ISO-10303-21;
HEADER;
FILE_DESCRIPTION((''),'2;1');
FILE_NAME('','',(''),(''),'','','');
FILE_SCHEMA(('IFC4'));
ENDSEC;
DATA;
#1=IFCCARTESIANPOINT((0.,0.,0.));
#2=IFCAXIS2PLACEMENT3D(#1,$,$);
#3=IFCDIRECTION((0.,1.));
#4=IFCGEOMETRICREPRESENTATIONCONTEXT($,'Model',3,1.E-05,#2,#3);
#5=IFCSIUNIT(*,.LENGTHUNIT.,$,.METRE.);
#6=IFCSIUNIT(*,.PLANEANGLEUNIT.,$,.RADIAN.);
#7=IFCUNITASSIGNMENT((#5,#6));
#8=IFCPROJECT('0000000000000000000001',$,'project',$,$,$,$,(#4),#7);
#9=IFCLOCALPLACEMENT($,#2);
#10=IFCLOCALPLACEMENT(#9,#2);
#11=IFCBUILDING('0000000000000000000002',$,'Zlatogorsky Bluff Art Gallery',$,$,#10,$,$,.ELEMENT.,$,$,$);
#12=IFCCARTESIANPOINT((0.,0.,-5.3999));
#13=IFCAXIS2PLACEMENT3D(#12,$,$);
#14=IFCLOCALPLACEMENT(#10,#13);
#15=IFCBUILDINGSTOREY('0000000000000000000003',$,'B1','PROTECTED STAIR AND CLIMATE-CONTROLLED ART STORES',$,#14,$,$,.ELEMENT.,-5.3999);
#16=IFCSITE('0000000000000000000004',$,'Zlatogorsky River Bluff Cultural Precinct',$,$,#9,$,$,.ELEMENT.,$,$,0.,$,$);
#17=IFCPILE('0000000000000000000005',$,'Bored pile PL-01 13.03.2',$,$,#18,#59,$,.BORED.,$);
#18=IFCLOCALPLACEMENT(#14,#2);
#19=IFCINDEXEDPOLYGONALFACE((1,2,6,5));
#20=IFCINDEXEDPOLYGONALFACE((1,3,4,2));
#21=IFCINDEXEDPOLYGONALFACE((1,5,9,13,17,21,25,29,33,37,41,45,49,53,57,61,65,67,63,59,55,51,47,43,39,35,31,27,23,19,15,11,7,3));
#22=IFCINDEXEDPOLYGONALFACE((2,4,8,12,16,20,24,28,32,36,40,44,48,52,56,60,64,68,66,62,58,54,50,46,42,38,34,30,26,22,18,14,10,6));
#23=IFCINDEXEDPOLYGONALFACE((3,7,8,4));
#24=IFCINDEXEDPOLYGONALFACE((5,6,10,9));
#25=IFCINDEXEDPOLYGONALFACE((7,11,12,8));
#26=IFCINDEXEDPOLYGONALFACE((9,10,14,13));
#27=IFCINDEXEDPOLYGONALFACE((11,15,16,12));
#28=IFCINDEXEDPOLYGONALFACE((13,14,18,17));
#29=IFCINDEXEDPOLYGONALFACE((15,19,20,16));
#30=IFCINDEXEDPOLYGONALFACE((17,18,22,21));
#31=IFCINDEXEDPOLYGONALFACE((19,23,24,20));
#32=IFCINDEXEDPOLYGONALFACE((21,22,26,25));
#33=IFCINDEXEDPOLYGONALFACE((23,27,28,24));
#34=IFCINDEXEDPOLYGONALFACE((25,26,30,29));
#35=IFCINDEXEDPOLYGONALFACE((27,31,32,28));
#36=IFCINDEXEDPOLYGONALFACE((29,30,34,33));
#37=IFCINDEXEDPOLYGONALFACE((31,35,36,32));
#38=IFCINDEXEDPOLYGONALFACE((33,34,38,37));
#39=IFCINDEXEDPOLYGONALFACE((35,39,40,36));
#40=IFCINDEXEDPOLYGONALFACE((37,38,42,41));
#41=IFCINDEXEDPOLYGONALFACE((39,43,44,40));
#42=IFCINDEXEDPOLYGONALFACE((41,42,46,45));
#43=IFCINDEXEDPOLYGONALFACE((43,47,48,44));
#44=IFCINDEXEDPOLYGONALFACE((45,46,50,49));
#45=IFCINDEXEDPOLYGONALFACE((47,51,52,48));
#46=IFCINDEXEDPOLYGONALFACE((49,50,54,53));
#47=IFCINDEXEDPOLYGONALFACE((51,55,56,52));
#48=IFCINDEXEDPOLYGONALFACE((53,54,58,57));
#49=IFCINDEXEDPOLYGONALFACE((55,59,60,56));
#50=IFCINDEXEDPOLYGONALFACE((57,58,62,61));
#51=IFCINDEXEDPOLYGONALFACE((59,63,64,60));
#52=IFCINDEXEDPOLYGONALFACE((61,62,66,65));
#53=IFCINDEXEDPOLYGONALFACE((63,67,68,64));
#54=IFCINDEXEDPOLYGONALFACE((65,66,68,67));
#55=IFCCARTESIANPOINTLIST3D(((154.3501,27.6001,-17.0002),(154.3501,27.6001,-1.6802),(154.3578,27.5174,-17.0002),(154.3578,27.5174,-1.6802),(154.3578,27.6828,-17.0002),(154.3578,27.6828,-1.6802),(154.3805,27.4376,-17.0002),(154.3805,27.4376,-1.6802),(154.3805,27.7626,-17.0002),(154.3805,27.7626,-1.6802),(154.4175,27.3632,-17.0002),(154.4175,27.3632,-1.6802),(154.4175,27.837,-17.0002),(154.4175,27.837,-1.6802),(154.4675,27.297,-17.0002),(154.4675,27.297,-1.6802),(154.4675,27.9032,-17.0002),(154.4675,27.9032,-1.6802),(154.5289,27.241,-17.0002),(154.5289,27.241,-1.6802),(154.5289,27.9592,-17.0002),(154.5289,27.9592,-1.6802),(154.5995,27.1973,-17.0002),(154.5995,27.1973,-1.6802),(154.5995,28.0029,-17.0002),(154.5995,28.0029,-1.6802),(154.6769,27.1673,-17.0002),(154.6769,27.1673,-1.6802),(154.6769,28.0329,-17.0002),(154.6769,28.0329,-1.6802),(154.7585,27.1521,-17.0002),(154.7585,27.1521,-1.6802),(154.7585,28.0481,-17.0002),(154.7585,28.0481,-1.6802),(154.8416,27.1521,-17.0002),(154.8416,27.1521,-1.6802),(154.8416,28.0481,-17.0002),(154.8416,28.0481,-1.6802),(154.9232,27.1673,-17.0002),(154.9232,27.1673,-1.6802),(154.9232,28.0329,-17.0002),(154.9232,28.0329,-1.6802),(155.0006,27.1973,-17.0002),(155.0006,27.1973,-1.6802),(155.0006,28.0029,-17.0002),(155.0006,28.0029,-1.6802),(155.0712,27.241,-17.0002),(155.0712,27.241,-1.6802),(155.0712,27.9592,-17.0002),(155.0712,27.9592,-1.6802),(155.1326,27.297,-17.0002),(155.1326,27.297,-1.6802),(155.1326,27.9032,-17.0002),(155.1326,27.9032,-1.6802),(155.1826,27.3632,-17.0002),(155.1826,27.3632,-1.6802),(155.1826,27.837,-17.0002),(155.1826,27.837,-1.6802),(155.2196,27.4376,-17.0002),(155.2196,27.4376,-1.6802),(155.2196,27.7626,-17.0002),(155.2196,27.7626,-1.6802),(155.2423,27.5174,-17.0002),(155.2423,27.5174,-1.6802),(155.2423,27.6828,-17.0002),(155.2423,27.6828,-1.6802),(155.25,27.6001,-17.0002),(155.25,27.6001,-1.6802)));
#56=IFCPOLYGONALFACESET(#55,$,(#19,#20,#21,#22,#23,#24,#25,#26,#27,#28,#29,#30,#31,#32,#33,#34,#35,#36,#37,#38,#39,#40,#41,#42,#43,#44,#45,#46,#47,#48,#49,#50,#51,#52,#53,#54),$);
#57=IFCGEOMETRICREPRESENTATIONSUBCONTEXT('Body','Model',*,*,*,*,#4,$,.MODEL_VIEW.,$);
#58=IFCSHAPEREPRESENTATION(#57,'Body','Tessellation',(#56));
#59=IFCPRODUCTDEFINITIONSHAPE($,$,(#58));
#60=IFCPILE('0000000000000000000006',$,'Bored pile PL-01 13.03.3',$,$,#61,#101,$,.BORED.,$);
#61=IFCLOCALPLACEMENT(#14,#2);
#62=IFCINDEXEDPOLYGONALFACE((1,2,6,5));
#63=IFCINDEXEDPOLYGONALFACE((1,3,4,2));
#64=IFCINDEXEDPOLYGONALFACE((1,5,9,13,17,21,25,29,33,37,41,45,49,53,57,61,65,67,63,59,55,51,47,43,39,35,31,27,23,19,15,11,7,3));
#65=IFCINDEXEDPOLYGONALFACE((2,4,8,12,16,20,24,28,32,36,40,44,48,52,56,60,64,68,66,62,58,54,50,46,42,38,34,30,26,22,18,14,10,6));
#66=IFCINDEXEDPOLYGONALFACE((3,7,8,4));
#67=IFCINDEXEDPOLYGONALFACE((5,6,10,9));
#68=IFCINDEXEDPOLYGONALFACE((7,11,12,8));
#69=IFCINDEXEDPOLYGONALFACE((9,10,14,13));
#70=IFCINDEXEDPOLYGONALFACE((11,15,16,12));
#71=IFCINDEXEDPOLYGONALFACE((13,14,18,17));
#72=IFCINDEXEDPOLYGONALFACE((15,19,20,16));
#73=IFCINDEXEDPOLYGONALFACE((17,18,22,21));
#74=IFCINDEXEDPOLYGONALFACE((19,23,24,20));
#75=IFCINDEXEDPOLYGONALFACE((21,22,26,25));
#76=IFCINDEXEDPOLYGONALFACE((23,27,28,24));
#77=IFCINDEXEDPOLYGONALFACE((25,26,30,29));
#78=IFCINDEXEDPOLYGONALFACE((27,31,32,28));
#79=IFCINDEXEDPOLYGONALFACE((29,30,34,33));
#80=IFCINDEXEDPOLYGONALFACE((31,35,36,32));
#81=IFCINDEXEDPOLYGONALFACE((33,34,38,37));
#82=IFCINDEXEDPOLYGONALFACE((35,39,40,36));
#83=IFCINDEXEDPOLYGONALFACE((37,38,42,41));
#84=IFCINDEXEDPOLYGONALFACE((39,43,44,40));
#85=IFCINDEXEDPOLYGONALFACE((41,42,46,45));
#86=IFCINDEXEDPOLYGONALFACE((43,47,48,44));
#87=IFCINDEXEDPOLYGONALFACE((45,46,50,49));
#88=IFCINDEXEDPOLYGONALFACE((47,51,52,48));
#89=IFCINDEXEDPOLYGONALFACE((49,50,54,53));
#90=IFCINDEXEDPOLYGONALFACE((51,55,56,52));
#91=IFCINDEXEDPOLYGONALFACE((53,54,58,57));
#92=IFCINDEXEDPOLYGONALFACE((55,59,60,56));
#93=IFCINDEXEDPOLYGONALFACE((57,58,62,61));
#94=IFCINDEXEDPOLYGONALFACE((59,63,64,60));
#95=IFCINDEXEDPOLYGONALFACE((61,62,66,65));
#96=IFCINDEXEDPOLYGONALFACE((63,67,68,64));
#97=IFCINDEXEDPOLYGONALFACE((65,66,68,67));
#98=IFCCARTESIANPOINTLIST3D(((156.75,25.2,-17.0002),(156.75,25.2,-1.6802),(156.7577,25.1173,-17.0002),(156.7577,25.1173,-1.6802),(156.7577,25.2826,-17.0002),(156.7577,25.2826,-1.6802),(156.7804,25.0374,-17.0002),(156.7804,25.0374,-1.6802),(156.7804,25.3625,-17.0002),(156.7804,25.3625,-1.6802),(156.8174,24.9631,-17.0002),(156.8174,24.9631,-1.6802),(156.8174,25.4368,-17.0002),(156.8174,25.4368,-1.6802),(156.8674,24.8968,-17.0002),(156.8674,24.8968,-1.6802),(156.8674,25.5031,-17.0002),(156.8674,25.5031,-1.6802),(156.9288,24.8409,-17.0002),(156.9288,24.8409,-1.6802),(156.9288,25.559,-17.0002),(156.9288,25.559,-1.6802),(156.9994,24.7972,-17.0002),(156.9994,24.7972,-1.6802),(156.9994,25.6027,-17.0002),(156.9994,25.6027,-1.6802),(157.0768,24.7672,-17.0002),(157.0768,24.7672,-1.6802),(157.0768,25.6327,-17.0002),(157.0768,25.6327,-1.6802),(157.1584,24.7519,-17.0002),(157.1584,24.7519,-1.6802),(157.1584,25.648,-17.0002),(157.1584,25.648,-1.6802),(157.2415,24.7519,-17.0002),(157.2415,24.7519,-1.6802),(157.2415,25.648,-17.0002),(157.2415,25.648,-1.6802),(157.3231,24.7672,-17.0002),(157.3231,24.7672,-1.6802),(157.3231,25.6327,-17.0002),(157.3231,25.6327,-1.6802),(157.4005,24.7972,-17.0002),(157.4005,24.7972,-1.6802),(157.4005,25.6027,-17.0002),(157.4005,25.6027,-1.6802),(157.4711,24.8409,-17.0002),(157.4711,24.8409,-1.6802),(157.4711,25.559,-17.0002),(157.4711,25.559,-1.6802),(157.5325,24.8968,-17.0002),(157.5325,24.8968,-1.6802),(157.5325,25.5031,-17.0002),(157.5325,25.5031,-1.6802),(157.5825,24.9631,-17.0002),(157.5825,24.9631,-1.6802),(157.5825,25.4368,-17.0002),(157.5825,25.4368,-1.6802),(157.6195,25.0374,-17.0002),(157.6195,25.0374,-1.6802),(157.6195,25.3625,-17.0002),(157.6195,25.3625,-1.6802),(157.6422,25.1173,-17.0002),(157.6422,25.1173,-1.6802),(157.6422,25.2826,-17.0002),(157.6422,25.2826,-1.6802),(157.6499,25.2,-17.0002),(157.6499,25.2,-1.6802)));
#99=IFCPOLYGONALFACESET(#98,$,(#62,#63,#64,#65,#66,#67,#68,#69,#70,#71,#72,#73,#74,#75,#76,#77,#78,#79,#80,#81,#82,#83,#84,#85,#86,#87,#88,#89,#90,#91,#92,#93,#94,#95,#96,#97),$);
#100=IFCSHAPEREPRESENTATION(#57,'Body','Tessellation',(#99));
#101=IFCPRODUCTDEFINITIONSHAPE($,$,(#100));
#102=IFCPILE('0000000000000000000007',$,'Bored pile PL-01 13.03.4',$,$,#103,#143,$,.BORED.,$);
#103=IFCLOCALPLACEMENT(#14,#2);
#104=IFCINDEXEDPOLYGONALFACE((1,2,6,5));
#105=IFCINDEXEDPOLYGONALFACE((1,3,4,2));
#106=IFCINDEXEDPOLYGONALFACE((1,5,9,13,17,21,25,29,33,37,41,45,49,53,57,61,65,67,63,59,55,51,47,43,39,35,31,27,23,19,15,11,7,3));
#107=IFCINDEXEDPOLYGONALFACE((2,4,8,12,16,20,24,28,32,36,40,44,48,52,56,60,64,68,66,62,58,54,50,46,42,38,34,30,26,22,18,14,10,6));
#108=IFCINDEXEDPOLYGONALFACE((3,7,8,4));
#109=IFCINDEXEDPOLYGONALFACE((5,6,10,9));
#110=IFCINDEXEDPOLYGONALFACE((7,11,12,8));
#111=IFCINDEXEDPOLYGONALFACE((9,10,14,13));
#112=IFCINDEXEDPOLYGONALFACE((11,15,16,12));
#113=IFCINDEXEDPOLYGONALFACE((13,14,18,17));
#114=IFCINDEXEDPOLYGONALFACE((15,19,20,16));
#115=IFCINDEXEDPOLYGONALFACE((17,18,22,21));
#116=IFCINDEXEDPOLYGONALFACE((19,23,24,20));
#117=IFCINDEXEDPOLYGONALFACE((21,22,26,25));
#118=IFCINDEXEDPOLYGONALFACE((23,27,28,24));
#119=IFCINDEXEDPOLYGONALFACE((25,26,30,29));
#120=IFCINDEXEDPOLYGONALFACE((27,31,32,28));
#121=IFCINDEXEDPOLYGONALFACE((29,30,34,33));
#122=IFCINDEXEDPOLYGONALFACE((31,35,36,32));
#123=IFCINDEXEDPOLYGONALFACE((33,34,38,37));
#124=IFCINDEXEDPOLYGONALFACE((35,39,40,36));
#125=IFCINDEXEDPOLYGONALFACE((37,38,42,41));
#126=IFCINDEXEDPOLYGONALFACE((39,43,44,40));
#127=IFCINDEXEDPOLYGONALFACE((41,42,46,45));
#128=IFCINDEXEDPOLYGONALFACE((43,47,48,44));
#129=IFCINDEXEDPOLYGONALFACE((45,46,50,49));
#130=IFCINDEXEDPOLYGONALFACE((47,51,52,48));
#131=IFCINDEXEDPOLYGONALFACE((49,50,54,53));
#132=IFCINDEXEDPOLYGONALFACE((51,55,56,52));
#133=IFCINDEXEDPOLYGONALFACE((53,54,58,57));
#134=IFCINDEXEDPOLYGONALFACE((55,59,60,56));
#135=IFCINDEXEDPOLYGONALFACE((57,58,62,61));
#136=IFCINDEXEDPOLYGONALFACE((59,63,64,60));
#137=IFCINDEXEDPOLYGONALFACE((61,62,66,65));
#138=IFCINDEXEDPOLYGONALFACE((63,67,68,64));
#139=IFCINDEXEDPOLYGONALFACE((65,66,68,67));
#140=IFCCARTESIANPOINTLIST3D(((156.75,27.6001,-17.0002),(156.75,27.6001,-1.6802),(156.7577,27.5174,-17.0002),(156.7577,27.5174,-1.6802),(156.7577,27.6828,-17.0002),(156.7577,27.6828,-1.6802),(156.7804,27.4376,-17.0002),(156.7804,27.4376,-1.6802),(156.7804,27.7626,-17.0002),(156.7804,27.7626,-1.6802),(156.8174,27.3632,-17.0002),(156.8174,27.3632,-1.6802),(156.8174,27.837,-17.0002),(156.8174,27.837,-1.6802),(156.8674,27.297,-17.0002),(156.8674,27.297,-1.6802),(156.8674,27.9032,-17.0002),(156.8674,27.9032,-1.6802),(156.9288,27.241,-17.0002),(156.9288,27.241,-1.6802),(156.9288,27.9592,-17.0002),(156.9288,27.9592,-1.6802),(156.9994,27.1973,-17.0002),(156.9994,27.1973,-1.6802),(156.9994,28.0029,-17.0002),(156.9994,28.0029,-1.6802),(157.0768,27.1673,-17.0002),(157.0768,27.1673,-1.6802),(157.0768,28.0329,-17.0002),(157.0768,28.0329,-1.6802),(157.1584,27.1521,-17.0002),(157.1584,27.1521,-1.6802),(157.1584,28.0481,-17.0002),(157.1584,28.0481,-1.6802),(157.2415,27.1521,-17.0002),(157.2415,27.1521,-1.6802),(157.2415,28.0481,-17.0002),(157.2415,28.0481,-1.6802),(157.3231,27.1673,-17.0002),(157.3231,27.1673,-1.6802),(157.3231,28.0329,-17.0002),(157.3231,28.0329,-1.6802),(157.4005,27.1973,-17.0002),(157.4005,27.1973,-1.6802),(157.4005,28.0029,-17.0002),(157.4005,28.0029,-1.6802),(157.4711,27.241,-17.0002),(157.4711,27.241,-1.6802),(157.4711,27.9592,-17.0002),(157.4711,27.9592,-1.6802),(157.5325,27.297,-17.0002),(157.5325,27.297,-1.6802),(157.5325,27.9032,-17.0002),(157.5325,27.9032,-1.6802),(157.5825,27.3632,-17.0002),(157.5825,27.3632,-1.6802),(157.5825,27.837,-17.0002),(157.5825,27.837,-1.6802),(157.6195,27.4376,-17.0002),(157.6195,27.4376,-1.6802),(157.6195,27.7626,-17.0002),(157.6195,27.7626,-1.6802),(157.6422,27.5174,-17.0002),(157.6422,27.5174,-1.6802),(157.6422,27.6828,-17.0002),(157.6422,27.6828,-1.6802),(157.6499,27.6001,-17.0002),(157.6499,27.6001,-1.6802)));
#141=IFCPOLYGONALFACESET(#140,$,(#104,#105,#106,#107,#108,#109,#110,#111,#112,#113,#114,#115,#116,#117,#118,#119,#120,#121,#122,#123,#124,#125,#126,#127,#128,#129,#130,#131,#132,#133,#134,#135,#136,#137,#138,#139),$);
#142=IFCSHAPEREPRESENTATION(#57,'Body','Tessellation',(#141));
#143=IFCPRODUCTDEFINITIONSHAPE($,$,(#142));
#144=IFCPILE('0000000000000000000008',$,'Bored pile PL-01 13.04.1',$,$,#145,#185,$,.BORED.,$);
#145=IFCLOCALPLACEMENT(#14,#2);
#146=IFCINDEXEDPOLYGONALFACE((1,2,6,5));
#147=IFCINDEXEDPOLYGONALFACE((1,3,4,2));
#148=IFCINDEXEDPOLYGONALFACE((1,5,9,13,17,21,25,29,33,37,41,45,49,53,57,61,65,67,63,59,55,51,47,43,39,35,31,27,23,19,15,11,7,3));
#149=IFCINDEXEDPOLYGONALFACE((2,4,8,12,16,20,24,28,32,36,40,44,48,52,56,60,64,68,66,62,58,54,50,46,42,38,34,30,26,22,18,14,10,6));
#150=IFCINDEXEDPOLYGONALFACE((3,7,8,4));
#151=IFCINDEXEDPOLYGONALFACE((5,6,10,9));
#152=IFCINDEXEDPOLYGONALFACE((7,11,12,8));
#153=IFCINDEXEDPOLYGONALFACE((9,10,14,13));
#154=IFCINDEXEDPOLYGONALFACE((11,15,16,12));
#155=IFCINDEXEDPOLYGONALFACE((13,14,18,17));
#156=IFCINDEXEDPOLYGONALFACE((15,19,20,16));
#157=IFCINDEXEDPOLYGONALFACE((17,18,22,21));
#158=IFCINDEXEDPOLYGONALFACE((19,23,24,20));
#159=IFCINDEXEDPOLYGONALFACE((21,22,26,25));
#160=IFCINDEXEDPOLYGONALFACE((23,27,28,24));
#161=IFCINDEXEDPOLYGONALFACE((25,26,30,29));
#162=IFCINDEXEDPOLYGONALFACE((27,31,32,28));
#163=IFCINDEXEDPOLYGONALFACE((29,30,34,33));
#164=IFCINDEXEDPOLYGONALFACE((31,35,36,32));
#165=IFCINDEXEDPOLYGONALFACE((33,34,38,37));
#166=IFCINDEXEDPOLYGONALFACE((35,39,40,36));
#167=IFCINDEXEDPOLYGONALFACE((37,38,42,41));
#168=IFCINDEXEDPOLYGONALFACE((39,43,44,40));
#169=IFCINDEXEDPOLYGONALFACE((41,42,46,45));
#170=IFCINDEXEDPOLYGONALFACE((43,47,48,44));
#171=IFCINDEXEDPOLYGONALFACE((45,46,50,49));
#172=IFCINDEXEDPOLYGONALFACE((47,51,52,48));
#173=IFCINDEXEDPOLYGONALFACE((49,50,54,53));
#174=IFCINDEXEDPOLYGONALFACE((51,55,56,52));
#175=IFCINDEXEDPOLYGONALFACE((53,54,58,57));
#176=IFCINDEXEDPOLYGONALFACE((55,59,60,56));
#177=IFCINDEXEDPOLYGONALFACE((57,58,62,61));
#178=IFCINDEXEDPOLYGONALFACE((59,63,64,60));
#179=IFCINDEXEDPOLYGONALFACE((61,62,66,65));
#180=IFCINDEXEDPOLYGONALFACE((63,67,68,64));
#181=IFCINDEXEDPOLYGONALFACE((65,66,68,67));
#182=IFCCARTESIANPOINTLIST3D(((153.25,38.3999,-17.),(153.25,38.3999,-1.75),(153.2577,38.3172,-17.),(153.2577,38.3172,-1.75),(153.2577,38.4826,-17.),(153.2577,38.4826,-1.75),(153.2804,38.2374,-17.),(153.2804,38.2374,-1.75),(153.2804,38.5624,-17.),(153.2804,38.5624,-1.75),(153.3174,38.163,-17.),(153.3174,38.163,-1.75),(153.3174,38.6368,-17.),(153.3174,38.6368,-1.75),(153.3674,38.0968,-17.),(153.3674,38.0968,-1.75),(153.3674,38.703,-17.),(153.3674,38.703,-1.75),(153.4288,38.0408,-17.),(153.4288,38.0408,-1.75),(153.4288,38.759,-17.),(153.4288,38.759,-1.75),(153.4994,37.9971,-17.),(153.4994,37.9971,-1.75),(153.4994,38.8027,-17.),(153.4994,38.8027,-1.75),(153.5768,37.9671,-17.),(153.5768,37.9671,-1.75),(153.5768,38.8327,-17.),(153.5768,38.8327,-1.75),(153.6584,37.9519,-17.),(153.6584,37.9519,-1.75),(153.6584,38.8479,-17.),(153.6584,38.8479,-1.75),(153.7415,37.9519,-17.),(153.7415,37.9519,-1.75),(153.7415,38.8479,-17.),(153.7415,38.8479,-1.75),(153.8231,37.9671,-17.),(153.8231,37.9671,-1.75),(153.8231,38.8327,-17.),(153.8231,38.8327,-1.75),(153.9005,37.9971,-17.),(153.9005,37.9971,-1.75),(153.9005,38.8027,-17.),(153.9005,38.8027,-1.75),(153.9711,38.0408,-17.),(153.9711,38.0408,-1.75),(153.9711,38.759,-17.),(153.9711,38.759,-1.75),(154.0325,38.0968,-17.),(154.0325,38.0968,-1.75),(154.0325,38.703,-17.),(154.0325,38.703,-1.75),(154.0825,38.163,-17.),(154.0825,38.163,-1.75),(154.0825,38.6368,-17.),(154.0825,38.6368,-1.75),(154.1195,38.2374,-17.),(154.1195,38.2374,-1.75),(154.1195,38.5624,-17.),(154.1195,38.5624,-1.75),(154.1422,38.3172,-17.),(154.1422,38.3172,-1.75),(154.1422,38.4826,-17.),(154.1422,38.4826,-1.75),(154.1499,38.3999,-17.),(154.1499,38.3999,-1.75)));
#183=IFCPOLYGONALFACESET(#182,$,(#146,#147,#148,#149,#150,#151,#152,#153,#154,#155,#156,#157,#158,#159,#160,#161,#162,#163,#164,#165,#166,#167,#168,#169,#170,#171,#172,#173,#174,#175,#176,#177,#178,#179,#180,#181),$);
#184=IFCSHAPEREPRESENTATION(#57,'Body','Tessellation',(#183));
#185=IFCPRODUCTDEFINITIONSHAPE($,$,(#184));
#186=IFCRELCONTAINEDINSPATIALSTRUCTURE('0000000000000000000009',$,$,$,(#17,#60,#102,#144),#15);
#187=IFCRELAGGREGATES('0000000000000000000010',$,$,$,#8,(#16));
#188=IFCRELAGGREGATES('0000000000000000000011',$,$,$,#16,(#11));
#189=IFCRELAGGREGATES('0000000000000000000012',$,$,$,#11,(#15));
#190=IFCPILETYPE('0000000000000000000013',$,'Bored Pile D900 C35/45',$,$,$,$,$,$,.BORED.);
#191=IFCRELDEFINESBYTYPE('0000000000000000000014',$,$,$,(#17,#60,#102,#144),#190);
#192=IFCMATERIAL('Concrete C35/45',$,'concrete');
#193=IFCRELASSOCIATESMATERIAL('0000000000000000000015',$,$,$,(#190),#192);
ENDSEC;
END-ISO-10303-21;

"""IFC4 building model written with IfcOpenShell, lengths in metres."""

from ifc_helpers import new_model, si_unit, direction, frame, origin, origin_2d, place, context, subcontext, project, spatial, circle, extrude, material, material_profile, profile_set, type_object, element, save


model = new_model("IFC4")

# Units and contexts
model_context = context("Model", 3, precision=1e-05, world=origin(), true_north=direction((0.0, 1.0)))
body_context = subcontext(model_context, "Body", "Model", "MODEL_VIEW")
ifc_project = project(units=[si_unit("LENGTHUNIT", "METRE"), si_unit("PLANEANGLEUNIT", "RADIAN")], contexts=[model_context])

# Site, building, storey
site_placement = place(None, origin())
site = spatial("IfcSite", under=ifc_project, at=site_placement, Name="Zlatogorsky River Bluff Cultural Precinct", CompositionType="ELEMENT", RefElevation=0.0)
building_placement = place(site_placement, origin())
building = spatial("IfcBuilding", under=site, at=building_placement, Name="Zlatogorsky Bluff Art Gallery", CompositionType="ELEMENT")
storey_placement = place(building_placement, frame((0.0, 0.0, -5.3999)))
storey = spatial("IfcBuildingStorey", under=building, at=storey_placement, Name="B1", Description="PROTECTED STAIR AND CLIMATE-CONTROLLED ART STORES", CompositionType="ELEMENT", Elevation=-5.3999)

# Piles
ifc_material_1 = material(Name="Concrete C35/45", Category="concrete")
ifc_material_profile_1 = material_profile(ifc_material_1, circle(Radius=0.45, at=origin_2d()), Name="BORED PILE D900")
ifc_profile_set_1 = profile_set([ifc_material_profile_1], Name="Concrete C35/45")
pile_type = type_object("IfcPileType", Name="Bored Pile D900 C35/45", PredefinedType="BORED", material=ifc_profile_set_1)
for number, where, z_axis, x_axis, name in (
    (1, (154.8, 27.6001, -1.6802), (0.0, 0.0, -1.0), (1.0, 0.0, 0.0), "Bored pile PL-01 13.03.2"),
    (2, (157.2, 25.2, -1.6802), (0.0, 0.0, -1.0), (1.0, 0.0, 0.0), "Bored pile PL-01 13.03.3"),
    (3, (157.2, 27.6001, -1.6802), (0.0, 0.0, -1.0), (1.0, 0.0, 0.0), "Bored pile PL-01 13.03.4"),
):
    element("IfcPile", number, at=place(storey_placement, frame(where, z_axis=z_axis, x_axis=x_axis)), inside=storey, type_object=pile_type, Name=name, PredefinedType="BORED", context=body_context, shape_type="SweptSolid", body=[
        extrude(circle(Radius=0.45, at=origin_2d()), origin(), (0.0, 0.0, 1.0), 15.3201),
    ])
for number, where, z_axis, x_axis, name in (
    (4, (153.7, 38.3999, -1.75), (0.0, 0.0, -1.0), (1.0, 0.0, 0.0), "Bored pile PL-01 13.04.1"),
):
    element("IfcPile", number, at=place(storey_placement, frame(where, z_axis=z_axis, x_axis=x_axis)), inside=storey, type_object=pile_type, Name=name, PredefinedType="BORED", context=body_context, shape_type="SweptSolid", body=[
        extrude(circle(Radius=0.45, at=origin_2d()), origin(), (0.0, 0.0, 1.0), 15.25),
    ])

save(model, "model.ifc")
